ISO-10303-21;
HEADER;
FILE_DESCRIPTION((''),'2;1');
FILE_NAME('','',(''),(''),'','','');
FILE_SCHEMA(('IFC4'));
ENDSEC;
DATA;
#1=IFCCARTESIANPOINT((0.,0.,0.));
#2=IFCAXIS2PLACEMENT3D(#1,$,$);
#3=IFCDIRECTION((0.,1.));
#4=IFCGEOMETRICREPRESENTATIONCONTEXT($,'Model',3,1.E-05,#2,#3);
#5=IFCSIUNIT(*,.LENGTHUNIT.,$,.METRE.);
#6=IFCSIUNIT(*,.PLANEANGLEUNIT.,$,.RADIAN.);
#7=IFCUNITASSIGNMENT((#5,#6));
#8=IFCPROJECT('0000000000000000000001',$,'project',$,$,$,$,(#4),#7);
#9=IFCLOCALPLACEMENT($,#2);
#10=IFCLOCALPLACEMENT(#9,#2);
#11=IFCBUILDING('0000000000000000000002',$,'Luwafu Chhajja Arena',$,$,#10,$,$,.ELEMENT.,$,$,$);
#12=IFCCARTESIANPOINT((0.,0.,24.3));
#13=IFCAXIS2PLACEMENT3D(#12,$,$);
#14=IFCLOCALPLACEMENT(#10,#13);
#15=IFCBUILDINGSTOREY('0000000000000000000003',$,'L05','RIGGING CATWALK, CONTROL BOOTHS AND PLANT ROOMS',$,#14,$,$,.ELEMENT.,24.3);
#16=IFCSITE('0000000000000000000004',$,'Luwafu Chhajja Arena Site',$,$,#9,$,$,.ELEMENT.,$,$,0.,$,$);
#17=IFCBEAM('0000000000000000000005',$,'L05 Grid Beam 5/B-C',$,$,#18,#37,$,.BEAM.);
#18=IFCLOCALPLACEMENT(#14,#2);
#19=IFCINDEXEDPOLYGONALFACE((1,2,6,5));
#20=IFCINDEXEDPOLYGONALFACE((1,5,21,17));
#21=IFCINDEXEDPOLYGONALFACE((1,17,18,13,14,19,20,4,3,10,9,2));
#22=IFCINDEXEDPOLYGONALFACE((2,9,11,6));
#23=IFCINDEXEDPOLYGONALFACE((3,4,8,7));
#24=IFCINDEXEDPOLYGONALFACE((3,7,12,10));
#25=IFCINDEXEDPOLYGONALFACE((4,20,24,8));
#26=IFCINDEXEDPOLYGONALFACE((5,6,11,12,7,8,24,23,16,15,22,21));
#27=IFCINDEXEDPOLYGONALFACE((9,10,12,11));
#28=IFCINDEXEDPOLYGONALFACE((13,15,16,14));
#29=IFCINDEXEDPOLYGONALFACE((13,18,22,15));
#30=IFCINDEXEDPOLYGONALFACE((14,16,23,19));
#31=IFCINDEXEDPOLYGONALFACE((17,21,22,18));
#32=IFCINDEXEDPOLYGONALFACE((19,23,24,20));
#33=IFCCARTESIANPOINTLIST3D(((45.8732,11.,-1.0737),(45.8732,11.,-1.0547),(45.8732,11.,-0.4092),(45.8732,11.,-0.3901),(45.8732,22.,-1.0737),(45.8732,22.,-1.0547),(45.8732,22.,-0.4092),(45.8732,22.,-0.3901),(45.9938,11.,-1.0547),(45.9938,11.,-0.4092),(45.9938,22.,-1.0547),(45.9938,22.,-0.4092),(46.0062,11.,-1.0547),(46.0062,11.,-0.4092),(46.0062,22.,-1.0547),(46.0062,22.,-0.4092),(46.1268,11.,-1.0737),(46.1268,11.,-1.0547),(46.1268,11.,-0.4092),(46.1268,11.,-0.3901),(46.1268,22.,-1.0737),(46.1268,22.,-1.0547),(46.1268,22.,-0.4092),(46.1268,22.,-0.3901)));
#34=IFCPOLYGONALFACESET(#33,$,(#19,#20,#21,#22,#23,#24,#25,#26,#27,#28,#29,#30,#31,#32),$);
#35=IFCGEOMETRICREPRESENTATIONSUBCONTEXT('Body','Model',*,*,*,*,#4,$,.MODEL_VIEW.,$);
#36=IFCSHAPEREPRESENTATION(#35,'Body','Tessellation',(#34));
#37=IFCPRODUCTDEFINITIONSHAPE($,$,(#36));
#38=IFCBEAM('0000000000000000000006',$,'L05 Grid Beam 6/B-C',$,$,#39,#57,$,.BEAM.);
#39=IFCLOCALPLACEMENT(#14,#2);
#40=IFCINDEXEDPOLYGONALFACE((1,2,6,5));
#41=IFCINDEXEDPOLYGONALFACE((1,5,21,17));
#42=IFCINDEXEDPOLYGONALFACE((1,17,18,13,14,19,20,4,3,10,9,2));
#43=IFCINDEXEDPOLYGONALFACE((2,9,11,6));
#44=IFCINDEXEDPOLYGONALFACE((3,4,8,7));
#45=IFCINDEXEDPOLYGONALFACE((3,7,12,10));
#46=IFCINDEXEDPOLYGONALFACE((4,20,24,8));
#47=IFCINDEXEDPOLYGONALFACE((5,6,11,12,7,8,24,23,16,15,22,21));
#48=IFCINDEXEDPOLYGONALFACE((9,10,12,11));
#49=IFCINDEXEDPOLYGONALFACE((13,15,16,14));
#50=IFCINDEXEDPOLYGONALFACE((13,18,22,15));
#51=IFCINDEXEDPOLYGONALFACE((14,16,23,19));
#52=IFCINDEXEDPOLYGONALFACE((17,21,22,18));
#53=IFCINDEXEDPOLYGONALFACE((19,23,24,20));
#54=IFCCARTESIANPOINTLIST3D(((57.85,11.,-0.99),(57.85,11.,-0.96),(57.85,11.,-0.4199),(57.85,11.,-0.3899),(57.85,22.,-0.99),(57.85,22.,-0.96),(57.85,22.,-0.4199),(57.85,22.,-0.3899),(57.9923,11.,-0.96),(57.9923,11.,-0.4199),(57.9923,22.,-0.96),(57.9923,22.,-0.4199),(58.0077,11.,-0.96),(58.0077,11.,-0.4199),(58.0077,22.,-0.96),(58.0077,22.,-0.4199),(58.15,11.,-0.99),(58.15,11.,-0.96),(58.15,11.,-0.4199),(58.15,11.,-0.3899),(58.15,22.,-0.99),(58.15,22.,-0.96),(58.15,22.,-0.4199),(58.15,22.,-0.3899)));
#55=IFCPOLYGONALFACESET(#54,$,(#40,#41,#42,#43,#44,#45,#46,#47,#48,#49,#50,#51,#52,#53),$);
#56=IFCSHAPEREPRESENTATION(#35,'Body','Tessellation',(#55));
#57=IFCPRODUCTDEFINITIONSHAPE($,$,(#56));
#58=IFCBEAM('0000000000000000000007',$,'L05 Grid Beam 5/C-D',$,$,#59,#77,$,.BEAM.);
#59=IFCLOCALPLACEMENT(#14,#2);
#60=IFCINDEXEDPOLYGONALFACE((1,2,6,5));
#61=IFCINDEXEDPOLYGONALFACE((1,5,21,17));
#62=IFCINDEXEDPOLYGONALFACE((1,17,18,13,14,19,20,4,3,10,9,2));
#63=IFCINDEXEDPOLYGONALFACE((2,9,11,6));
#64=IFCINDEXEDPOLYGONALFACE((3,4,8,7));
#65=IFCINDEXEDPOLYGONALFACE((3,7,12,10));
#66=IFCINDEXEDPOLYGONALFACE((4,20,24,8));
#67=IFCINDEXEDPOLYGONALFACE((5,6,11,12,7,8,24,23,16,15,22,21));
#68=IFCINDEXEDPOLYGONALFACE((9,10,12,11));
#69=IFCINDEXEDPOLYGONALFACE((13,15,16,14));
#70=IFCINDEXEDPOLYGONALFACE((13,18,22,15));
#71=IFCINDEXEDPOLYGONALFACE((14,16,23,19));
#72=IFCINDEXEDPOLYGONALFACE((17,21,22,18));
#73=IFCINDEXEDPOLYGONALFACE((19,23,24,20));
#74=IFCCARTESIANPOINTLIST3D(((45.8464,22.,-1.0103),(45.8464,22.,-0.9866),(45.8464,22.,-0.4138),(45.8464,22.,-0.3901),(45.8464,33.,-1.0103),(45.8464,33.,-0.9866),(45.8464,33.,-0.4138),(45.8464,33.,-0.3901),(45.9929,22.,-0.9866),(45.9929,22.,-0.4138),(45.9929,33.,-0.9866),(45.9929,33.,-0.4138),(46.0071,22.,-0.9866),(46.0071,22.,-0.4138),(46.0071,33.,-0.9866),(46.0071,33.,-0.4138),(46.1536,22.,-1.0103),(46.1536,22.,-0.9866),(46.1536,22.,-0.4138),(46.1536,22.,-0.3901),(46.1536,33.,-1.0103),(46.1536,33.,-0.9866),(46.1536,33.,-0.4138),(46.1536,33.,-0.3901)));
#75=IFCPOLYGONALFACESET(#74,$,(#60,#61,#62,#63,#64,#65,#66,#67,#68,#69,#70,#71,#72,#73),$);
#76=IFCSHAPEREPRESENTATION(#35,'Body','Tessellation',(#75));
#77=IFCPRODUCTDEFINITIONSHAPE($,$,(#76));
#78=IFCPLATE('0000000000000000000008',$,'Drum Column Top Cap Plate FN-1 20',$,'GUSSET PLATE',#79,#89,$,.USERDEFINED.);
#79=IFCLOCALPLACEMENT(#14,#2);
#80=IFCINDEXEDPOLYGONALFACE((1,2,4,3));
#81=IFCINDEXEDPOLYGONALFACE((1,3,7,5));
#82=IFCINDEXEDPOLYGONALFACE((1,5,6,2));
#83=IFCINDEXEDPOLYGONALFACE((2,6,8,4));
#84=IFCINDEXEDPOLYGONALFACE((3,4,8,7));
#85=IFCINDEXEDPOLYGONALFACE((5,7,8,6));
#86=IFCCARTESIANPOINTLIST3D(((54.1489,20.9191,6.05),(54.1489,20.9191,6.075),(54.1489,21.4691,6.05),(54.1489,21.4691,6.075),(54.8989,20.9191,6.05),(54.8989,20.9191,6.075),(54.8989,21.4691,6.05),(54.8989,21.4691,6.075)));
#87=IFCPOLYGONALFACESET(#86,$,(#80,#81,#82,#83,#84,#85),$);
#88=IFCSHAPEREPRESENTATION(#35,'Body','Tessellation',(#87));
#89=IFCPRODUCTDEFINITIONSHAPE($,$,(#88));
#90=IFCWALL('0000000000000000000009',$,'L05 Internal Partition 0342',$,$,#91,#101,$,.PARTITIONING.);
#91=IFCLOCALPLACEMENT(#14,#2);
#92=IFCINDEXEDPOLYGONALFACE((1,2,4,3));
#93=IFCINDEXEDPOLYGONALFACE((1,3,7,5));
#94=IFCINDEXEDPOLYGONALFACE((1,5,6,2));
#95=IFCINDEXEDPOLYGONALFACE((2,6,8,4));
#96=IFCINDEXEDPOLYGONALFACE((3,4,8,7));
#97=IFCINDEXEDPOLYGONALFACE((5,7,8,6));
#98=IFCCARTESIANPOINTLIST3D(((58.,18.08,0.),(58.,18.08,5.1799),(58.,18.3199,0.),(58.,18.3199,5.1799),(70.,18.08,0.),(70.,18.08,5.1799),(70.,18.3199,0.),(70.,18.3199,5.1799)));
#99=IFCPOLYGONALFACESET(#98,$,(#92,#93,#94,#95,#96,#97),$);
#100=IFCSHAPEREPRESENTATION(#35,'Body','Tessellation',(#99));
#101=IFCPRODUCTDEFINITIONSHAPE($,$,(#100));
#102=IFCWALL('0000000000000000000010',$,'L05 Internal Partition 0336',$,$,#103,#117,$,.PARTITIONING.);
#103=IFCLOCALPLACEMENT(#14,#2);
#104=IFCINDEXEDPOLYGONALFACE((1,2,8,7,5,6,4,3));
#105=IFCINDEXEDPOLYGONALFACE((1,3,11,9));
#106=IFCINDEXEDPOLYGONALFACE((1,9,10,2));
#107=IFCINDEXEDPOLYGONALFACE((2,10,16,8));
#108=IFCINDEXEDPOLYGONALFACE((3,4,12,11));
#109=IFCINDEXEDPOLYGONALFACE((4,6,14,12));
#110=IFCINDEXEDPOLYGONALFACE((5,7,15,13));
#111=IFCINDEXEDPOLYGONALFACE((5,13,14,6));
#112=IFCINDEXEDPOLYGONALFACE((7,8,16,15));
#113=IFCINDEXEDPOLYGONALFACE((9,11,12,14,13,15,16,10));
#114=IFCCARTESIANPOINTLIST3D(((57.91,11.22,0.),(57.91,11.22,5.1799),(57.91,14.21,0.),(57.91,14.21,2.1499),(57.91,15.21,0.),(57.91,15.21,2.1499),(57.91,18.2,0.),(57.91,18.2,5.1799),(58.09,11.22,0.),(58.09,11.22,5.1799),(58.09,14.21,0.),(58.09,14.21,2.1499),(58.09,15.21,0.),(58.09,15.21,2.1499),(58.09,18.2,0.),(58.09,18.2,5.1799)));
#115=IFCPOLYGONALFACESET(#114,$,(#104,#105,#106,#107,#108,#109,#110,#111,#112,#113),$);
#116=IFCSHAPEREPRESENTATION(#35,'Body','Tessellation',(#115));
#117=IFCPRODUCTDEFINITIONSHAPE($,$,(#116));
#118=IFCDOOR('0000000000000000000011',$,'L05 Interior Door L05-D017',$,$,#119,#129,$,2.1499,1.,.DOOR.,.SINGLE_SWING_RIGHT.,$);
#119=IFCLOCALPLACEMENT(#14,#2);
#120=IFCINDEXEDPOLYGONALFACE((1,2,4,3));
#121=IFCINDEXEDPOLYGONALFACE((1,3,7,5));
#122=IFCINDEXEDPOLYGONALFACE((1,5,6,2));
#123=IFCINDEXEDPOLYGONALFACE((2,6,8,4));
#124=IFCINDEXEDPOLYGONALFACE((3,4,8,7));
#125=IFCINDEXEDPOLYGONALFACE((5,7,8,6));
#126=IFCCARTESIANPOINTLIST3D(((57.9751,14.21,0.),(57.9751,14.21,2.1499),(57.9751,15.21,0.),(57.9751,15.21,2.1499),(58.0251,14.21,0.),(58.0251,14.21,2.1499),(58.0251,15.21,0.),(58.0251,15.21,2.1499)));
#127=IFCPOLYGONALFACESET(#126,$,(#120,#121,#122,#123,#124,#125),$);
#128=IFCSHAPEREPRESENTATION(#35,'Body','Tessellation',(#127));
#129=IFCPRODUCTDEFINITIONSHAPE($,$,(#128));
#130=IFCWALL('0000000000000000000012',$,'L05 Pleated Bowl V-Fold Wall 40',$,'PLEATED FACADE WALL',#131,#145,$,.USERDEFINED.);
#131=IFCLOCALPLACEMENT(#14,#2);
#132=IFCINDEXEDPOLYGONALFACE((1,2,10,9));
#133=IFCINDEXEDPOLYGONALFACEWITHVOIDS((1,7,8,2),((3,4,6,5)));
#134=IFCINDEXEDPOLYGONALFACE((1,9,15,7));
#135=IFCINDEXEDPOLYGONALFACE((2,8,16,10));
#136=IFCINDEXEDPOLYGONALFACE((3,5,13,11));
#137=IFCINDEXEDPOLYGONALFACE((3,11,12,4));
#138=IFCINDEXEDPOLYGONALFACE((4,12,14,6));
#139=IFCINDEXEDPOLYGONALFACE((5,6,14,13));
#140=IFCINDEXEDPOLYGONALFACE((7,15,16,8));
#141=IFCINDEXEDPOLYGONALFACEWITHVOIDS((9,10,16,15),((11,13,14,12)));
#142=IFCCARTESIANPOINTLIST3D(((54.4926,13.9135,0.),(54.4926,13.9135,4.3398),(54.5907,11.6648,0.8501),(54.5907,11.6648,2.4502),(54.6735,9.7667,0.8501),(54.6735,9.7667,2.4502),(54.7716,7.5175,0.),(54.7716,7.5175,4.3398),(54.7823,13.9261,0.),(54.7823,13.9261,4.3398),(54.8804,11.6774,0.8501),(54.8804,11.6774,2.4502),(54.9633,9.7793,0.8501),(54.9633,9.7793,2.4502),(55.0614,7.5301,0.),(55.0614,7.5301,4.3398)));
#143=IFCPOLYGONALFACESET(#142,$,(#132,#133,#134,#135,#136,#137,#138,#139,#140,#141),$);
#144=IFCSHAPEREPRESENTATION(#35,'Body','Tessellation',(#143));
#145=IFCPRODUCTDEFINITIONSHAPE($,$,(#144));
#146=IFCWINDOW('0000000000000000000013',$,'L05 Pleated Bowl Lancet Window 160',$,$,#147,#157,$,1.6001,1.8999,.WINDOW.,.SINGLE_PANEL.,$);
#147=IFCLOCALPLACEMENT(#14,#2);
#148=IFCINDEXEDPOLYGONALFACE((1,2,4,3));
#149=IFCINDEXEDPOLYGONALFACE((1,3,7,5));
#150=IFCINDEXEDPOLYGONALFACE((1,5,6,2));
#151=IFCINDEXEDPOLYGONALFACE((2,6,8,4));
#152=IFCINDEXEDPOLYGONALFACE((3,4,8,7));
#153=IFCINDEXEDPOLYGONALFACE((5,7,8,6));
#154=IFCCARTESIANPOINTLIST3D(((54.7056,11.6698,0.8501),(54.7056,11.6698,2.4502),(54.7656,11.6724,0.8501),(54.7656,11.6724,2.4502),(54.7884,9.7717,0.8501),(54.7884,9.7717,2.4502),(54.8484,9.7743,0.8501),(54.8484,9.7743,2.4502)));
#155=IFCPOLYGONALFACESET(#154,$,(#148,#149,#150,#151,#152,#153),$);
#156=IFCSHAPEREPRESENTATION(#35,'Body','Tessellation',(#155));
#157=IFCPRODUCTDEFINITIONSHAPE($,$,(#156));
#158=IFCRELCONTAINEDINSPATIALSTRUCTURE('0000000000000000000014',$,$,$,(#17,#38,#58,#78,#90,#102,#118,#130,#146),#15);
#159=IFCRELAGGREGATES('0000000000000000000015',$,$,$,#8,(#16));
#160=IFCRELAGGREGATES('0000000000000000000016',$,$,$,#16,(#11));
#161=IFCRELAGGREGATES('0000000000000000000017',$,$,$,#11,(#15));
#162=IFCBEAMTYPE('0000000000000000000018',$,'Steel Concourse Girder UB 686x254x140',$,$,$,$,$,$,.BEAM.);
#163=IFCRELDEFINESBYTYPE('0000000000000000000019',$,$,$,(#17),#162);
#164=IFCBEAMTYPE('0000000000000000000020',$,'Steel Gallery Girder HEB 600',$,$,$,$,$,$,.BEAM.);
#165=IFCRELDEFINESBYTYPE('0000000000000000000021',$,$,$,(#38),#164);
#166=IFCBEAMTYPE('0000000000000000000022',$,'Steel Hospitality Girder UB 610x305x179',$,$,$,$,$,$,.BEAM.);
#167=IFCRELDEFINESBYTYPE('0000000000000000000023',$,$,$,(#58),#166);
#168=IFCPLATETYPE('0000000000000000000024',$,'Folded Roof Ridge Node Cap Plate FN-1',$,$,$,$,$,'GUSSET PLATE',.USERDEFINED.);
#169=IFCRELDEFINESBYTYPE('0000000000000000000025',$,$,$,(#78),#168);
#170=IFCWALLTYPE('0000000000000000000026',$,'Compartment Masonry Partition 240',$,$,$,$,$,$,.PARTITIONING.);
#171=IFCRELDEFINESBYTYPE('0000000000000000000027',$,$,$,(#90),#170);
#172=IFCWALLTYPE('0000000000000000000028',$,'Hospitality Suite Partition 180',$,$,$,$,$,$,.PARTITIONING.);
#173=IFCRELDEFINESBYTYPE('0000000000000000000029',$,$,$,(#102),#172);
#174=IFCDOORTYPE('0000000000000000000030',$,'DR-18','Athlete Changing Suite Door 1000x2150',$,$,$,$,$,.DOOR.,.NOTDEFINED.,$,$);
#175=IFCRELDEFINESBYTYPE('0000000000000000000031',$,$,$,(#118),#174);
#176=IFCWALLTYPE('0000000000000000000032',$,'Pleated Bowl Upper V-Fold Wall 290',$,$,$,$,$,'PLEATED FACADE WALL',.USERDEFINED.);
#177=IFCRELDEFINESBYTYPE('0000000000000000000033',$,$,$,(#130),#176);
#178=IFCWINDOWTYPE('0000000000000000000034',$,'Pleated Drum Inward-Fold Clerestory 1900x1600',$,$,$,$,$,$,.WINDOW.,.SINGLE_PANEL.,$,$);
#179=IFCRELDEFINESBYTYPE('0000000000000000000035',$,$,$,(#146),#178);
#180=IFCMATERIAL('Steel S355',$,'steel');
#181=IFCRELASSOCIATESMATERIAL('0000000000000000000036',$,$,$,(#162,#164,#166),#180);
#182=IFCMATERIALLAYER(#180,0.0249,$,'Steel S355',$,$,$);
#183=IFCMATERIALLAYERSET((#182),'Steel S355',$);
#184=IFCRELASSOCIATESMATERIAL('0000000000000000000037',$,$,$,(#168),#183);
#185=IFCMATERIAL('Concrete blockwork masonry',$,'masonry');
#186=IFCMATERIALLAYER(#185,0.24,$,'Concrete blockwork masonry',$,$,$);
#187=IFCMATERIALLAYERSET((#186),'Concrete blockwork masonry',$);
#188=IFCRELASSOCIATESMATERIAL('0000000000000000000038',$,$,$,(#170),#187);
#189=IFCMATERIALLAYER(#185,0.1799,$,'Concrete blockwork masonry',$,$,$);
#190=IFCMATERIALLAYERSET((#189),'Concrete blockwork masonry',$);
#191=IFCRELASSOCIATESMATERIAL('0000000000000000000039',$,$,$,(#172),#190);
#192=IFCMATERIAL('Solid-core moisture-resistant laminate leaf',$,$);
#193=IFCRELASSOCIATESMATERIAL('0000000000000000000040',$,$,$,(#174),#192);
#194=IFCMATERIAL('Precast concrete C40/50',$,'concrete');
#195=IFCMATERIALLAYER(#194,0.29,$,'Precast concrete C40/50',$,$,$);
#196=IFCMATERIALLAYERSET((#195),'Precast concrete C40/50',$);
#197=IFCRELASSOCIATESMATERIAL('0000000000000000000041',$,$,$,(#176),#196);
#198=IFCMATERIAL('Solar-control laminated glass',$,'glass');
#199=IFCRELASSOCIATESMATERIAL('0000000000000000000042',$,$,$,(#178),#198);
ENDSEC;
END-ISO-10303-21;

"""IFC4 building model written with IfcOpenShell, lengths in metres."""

from ifc_helpers import new_model, si_unit, direction, frame, frame_2d, origin, origin_2d, place, context, subcontext, project, spatial, rectangle, i_section, extrude, material, layer, layer_set, material_profile, profile_set, type_object, element, fill, save


model = new_model("IFC4")

# Units and contexts
model_context = context("Model", 3, precision=1e-05, world=origin(), true_north=direction((0.0, 1.0)))
body_context = subcontext(model_context, "Body", "Model", "MODEL_VIEW")
ifc_project = project(units=[si_unit("LENGTHUNIT", "METRE"), si_unit("PLANEANGLEUNIT", "RADIAN")], contexts=[model_context])

# Site, building, storey
site_placement = place(None, origin())
site = spatial("IfcSite", under=ifc_project, at=site_placement, Name="Luwafu Chhajja Arena Site", CompositionType="ELEMENT", RefElevation=0.0)
building_placement = place(site_placement, origin())
building = spatial("IfcBuilding", under=site, at=building_placement, Name="Luwafu Chhajja Arena", CompositionType="ELEMENT")
storey_placement = place(building_placement, frame((0.0, 0.0, 24.3)))
storey = spatial("IfcBuildingStorey", under=building, at=storey_placement, Name="L05", Description="RIGGING CATWALK, CONTROL BOOTHS AND PLANT ROOMS", CompositionType="ELEMENT", Elevation=24.3)

# Shared definitions
ifc_material_1 = material(Name="Steel S355", Category="steel")

# Beams
ifc_material_profile_1 = material_profile(ifc_material_1, i_section(OverallWidth=0.2537, OverallDepth=0.6836, WebThickness=0.0125, FlangeThickness=0.019, at=origin_2d()), Name="UB 686x254x140")
ifc_profile_set_1 = profile_set([ifc_material_profile_1], Name="Steel S355")
beam_type_1 = type_object("IfcBeamType", Name="Steel Concourse Girder UB 686x254x140", PredefinedType="BEAM", material=ifc_profile_set_1)
beam_1_placement = place(storey_placement, frame((46.0, 11.0, -0.7319), z_axis=(0.0, 1.0, 0.0), x_axis=(-1.0, 0.0, 0.0)))
element("IfcBeam", 1, at=beam_1_placement, inside=storey, type_object=beam_type_1, Name="L05 Grid Beam 5/B-C", PredefinedType="BEAM", context=body_context, shape_type="SweptSolid", body=[
    extrude(i_section(OverallWidth=0.2537, OverallDepth=0.6836, WebThickness=0.0125, FlangeThickness=0.019, at=origin_2d()), origin(), (0.0, 0.0, 1.0), 11.0),
])
ifc_material_profile_2 = material_profile(ifc_material_1, i_section(OverallWidth=0.3, OverallDepth=0.6001, WebThickness=0.0154, FlangeThickness=0.03, at=origin_2d()), Name="HEB 600")
ifc_profile_set_2 = profile_set([ifc_material_profile_2], Name="Steel S355")
beam_type_2 = type_object("IfcBeamType", Name="Steel Gallery Girder HEB 600", PredefinedType="BEAM", material=ifc_profile_set_2)
beam_2_placement = place(storey_placement, frame((58.0, 11.0, -0.6899), z_axis=(0.0, 1.0, 0.0), x_axis=(-1.0, 0.0, 0.0)))
element("IfcBeam", 2, at=beam_2_placement, inside=storey, type_object=beam_type_2, Name="L05 Grid Beam 6/B-C", PredefinedType="BEAM", context=body_context, shape_type="SweptSolid", body=[
    extrude(i_section(OverallWidth=0.3, OverallDepth=0.6001, WebThickness=0.0154, FlangeThickness=0.03, at=origin_2d()), origin(), (0.0, 0.0, 1.0), 11.0),
])
ifc_material_profile_3 = material_profile(ifc_material_1, i_section(OverallWidth=0.3071, OverallDepth=0.6201, WebThickness=0.0142, FlangeThickness=0.0237, at=origin_2d()), Name="UB 610x305x179")
ifc_profile_set_3 = profile_set([ifc_material_profile_3], Name="Steel S355")
beam_type_3 = type_object("IfcBeamType", Name="Steel Hospitality Girder UB 610x305x179", PredefinedType="BEAM", material=ifc_profile_set_3)
beam_3_placement = place(storey_placement, frame((46.0, 22.0, -0.7002), z_axis=(0.0, 1.0, 0.0), x_axis=(-1.0, 0.0, 0.0)))
element("IfcBeam", 3, at=beam_3_placement, inside=storey, type_object=beam_type_3, Name="L05 Grid Beam 5/C-D", PredefinedType="BEAM", context=body_context, shape_type="SweptSolid", body=[
    extrude(i_section(OverallWidth=0.3071, OverallDepth=0.6201, WebThickness=0.0142, FlangeThickness=0.0237, at=origin_2d()), origin(), (0.0, 0.0, 1.0), 11.0),
])

# Plate
ifc_layer_1 = layer(ifc_material_1, 0.0249, Name="Steel S355")
ifc_layer_set_1 = layer_set([ifc_layer_1], Name="Steel S355")
plate_type = type_object("IfcPlateType", Name="Folded Roof Ridge Node Cap Plate FN-1", ElementType="GUSSET PLATE", PredefinedType="USERDEFINED", material=ifc_layer_set_1)
plate_placement = place(storey_placement, frame((54.5239, 21.1941, 6.05), z_axis=(0.0, 0.0, 1.0), x_axis=(1.0, 0.0, 0.0)))
element("IfcPlate", 4, at=plate_placement, inside=storey, type_object=plate_type, Name="Drum Column Top Cap Plate FN-1 20", ObjectType="GUSSET PLATE", PredefinedType="USERDEFINED", context=body_context, shape_type="SweptSolid", body=[
    extrude(rectangle(XDim=0.75, YDim=0.55, at=origin_2d()), origin(), (0.0, 0.0, 1.0), 0.0249),
])

# Wall
ifc_material_2 = material(Name="Concrete blockwork masonry", Category="masonry")
ifc_layer_2 = layer(ifc_material_2, 0.24, Name="Concrete blockwork masonry")
ifc_layer_set_2 = layer_set([ifc_layer_2], Name="Concrete blockwork masonry")
wall_type_1 = type_object("IfcWallType", Name="Compartment Masonry Partition 240", PredefinedType="PARTITIONING", material=ifc_layer_set_2)
wall_1_placement = place(storey_placement, frame((58.0, 18.2, 0.0), z_axis=(0.0, 0.0, 1.0), x_axis=(1.0, 0.0, 0.0)))
element("IfcWall", 5, at=wall_1_placement, inside=storey, type_object=wall_type_1, Name="L05 Internal Partition 0342", PredefinedType="PARTITIONING", context=body_context, shape_type="SweptSolid", body=[
    extrude(rectangle(XDim=12.0, YDim=0.24, at=frame_2d((6.0, 0.0))), origin(), (0.0, 0.0, 1.0), 5.1799),
])

# Wall, opening, door
ifc_layer_3 = layer(ifc_material_2, 0.1799, Name="Concrete blockwork masonry")
ifc_layer_set_3 = layer_set([ifc_layer_3], Name="Concrete blockwork masonry")
wall_type_2 = type_object("IfcWallType", Name="Hospitality Suite Partition 180", PredefinedType="PARTITIONING", material=ifc_layer_set_3)
wall_2_placement = place(storey_placement, frame((58.0, 11.22, 0.0), z_axis=(0.0, 0.0, 1.0), x_axis=(0.0, 1.0, 0.0)))
wall_2 = element("IfcWall", 6, at=wall_2_placement, inside=storey, type_object=wall_type_2, Name="L05 Internal Partition 0336", PredefinedType="PARTITIONING", context=body_context, shape_type="SweptSolid", body=[
    extrude(rectangle(XDim=6.98, YDim=0.1799, at=frame_2d((3.49, 0.0))), origin(), (0.0, 0.0, 1.0), 5.1799),
])
opening_1_placement = place(wall_2_placement, frame((2.99, 0.0, 0.0)))
opening_1 = element("IfcOpeningElement", 7, at=opening_1_placement, cuts=wall_2, PredefinedType="OPENING", context=body_context, shape_type="SweptSolid", body=[
    extrude(rectangle(XDim=1.0, YDim=2.1499, at=frame_2d((0.5, 1.075))), frame((0.0, 0.0999, 0.0), z_axis=(0.0, -1.0, 0.0), x_axis=(1.0, 0.0, 0.0)), (0.0, 0.0, 1.0), 0.2),
])
ifc_material_3 = material(Name="Solid-core moisture-resistant laminate leaf")
door_type = type_object("IfcDoorType", Name="DR-18", Description="Athlete Changing Suite Door 1000x2150", OperationType="NOTDEFINED", PredefinedType="DOOR", material=ifc_material_3)
door_placement = place(opening_1_placement, origin())
door = element("IfcDoor", 8, at=door_placement, inside=storey, type_object=door_type, Name="L05 Interior Door L05-D017", OperationType="SINGLE_SWING_RIGHT", OverallHeight=2.1499, OverallWidth=1.0, PredefinedType="DOOR", context=body_context, shape_type="SweptSolid", body=[
    extrude(rectangle(XDim=1.0, YDim=2.1499, at=frame_2d((0.5, 1.075))), frame((0.0, 0.0249, 0.0), z_axis=(0.0, -1.0, 0.0), x_axis=(1.0, 0.0, 0.0)), (0.0, 0.0, 1.0), 0.05),
])
fill(opening_1, door)

# Wall, opening, window
ifc_material_4 = material(Name="Precast concrete C40/50", Category="concrete")
ifc_layer_4 = layer(ifc_material_4, 0.29, Name="Precast concrete C40/50")
ifc_layer_set_4 = layer_set([ifc_layer_4], Name="Precast concrete C40/50")
wall_type_3 = type_object("IfcWallType", Name="Pleated Bowl Upper V-Fold Wall 290", ElementType="PLEATED FACADE WALL", PredefinedType="USERDEFINED", material=ifc_layer_set_4)
wall_3_placement = place(storey_placement, frame((54.6375, 13.9199, 0.0), z_axis=(0.0, 0.0, 1.0), x_axis=(0.043588, -0.99905, 0.0)))
wall_3 = element("IfcWall", 9, at=wall_3_placement, inside=storey, type_object=wall_type_3, Name="L05 Pleated Bowl V-Fold Wall 40", ObjectType="PLEATED FACADE WALL", PredefinedType="USERDEFINED", context=body_context, shape_type="SweptSolid", body=[
    extrude(rectangle(XDim=6.4021, YDim=0.29, at=frame_2d((3.2012, 0.0))), origin(), (0.0, 0.0, 1.0), 4.3398),
])
opening_2_placement = place(wall_3_placement, frame((2.251, 0.0, 0.8501)))
opening_2 = element("IfcOpeningElement", 10, at=opening_2_placement, cuts=wall_3, PredefinedType="OPENING", context=body_context, shape_type="SweptSolid", body=[
    extrude(rectangle(XDim=1.8999, YDim=1.6001, at=frame_2d((0.95, 0.8))), frame((0.0, 0.155, 0.0), z_axis=(0.0, -1.0, 0.0), x_axis=(1.0, 0.0, 0.0)), (0.0, 0.0, 1.0), 0.3101),
])
ifc_material_5 = material(Name="Solar-control laminated glass", Category="glass")
window_type_1 = type_object("IfcWindowType", Name="Pleated Drum Inward-Fold Clerestory 1900x1600", PartitioningType="SINGLE_PANEL", PredefinedType="WINDOW", material=ifc_material_5)
window_1_placement = place(opening_2_placement, origin())
window_1 = element("IfcWindow", 11, at=window_1_placement, inside=storey, type_object=window_type_1, Name="L05 Pleated Bowl Lancet Window 160", OverallHeight=1.6001, OverallWidth=1.8999, PartitioningType="SINGLE_PANEL", PredefinedType="WINDOW", context=body_context, shape_type="SweptSolid", body=[
    extrude(rectangle(XDim=1.8999, YDim=1.6001, at=frame_2d((0.95, 0.8))), frame((0.0, 0.03, 0.0), z_axis=(0.0, -1.0, 0.0), x_axis=(1.0, 0.0, 0.0)), (0.0, 0.0, 1.0), 0.0601),
])
fill(opening_2, window_1)

save(model, "model.ifc")
